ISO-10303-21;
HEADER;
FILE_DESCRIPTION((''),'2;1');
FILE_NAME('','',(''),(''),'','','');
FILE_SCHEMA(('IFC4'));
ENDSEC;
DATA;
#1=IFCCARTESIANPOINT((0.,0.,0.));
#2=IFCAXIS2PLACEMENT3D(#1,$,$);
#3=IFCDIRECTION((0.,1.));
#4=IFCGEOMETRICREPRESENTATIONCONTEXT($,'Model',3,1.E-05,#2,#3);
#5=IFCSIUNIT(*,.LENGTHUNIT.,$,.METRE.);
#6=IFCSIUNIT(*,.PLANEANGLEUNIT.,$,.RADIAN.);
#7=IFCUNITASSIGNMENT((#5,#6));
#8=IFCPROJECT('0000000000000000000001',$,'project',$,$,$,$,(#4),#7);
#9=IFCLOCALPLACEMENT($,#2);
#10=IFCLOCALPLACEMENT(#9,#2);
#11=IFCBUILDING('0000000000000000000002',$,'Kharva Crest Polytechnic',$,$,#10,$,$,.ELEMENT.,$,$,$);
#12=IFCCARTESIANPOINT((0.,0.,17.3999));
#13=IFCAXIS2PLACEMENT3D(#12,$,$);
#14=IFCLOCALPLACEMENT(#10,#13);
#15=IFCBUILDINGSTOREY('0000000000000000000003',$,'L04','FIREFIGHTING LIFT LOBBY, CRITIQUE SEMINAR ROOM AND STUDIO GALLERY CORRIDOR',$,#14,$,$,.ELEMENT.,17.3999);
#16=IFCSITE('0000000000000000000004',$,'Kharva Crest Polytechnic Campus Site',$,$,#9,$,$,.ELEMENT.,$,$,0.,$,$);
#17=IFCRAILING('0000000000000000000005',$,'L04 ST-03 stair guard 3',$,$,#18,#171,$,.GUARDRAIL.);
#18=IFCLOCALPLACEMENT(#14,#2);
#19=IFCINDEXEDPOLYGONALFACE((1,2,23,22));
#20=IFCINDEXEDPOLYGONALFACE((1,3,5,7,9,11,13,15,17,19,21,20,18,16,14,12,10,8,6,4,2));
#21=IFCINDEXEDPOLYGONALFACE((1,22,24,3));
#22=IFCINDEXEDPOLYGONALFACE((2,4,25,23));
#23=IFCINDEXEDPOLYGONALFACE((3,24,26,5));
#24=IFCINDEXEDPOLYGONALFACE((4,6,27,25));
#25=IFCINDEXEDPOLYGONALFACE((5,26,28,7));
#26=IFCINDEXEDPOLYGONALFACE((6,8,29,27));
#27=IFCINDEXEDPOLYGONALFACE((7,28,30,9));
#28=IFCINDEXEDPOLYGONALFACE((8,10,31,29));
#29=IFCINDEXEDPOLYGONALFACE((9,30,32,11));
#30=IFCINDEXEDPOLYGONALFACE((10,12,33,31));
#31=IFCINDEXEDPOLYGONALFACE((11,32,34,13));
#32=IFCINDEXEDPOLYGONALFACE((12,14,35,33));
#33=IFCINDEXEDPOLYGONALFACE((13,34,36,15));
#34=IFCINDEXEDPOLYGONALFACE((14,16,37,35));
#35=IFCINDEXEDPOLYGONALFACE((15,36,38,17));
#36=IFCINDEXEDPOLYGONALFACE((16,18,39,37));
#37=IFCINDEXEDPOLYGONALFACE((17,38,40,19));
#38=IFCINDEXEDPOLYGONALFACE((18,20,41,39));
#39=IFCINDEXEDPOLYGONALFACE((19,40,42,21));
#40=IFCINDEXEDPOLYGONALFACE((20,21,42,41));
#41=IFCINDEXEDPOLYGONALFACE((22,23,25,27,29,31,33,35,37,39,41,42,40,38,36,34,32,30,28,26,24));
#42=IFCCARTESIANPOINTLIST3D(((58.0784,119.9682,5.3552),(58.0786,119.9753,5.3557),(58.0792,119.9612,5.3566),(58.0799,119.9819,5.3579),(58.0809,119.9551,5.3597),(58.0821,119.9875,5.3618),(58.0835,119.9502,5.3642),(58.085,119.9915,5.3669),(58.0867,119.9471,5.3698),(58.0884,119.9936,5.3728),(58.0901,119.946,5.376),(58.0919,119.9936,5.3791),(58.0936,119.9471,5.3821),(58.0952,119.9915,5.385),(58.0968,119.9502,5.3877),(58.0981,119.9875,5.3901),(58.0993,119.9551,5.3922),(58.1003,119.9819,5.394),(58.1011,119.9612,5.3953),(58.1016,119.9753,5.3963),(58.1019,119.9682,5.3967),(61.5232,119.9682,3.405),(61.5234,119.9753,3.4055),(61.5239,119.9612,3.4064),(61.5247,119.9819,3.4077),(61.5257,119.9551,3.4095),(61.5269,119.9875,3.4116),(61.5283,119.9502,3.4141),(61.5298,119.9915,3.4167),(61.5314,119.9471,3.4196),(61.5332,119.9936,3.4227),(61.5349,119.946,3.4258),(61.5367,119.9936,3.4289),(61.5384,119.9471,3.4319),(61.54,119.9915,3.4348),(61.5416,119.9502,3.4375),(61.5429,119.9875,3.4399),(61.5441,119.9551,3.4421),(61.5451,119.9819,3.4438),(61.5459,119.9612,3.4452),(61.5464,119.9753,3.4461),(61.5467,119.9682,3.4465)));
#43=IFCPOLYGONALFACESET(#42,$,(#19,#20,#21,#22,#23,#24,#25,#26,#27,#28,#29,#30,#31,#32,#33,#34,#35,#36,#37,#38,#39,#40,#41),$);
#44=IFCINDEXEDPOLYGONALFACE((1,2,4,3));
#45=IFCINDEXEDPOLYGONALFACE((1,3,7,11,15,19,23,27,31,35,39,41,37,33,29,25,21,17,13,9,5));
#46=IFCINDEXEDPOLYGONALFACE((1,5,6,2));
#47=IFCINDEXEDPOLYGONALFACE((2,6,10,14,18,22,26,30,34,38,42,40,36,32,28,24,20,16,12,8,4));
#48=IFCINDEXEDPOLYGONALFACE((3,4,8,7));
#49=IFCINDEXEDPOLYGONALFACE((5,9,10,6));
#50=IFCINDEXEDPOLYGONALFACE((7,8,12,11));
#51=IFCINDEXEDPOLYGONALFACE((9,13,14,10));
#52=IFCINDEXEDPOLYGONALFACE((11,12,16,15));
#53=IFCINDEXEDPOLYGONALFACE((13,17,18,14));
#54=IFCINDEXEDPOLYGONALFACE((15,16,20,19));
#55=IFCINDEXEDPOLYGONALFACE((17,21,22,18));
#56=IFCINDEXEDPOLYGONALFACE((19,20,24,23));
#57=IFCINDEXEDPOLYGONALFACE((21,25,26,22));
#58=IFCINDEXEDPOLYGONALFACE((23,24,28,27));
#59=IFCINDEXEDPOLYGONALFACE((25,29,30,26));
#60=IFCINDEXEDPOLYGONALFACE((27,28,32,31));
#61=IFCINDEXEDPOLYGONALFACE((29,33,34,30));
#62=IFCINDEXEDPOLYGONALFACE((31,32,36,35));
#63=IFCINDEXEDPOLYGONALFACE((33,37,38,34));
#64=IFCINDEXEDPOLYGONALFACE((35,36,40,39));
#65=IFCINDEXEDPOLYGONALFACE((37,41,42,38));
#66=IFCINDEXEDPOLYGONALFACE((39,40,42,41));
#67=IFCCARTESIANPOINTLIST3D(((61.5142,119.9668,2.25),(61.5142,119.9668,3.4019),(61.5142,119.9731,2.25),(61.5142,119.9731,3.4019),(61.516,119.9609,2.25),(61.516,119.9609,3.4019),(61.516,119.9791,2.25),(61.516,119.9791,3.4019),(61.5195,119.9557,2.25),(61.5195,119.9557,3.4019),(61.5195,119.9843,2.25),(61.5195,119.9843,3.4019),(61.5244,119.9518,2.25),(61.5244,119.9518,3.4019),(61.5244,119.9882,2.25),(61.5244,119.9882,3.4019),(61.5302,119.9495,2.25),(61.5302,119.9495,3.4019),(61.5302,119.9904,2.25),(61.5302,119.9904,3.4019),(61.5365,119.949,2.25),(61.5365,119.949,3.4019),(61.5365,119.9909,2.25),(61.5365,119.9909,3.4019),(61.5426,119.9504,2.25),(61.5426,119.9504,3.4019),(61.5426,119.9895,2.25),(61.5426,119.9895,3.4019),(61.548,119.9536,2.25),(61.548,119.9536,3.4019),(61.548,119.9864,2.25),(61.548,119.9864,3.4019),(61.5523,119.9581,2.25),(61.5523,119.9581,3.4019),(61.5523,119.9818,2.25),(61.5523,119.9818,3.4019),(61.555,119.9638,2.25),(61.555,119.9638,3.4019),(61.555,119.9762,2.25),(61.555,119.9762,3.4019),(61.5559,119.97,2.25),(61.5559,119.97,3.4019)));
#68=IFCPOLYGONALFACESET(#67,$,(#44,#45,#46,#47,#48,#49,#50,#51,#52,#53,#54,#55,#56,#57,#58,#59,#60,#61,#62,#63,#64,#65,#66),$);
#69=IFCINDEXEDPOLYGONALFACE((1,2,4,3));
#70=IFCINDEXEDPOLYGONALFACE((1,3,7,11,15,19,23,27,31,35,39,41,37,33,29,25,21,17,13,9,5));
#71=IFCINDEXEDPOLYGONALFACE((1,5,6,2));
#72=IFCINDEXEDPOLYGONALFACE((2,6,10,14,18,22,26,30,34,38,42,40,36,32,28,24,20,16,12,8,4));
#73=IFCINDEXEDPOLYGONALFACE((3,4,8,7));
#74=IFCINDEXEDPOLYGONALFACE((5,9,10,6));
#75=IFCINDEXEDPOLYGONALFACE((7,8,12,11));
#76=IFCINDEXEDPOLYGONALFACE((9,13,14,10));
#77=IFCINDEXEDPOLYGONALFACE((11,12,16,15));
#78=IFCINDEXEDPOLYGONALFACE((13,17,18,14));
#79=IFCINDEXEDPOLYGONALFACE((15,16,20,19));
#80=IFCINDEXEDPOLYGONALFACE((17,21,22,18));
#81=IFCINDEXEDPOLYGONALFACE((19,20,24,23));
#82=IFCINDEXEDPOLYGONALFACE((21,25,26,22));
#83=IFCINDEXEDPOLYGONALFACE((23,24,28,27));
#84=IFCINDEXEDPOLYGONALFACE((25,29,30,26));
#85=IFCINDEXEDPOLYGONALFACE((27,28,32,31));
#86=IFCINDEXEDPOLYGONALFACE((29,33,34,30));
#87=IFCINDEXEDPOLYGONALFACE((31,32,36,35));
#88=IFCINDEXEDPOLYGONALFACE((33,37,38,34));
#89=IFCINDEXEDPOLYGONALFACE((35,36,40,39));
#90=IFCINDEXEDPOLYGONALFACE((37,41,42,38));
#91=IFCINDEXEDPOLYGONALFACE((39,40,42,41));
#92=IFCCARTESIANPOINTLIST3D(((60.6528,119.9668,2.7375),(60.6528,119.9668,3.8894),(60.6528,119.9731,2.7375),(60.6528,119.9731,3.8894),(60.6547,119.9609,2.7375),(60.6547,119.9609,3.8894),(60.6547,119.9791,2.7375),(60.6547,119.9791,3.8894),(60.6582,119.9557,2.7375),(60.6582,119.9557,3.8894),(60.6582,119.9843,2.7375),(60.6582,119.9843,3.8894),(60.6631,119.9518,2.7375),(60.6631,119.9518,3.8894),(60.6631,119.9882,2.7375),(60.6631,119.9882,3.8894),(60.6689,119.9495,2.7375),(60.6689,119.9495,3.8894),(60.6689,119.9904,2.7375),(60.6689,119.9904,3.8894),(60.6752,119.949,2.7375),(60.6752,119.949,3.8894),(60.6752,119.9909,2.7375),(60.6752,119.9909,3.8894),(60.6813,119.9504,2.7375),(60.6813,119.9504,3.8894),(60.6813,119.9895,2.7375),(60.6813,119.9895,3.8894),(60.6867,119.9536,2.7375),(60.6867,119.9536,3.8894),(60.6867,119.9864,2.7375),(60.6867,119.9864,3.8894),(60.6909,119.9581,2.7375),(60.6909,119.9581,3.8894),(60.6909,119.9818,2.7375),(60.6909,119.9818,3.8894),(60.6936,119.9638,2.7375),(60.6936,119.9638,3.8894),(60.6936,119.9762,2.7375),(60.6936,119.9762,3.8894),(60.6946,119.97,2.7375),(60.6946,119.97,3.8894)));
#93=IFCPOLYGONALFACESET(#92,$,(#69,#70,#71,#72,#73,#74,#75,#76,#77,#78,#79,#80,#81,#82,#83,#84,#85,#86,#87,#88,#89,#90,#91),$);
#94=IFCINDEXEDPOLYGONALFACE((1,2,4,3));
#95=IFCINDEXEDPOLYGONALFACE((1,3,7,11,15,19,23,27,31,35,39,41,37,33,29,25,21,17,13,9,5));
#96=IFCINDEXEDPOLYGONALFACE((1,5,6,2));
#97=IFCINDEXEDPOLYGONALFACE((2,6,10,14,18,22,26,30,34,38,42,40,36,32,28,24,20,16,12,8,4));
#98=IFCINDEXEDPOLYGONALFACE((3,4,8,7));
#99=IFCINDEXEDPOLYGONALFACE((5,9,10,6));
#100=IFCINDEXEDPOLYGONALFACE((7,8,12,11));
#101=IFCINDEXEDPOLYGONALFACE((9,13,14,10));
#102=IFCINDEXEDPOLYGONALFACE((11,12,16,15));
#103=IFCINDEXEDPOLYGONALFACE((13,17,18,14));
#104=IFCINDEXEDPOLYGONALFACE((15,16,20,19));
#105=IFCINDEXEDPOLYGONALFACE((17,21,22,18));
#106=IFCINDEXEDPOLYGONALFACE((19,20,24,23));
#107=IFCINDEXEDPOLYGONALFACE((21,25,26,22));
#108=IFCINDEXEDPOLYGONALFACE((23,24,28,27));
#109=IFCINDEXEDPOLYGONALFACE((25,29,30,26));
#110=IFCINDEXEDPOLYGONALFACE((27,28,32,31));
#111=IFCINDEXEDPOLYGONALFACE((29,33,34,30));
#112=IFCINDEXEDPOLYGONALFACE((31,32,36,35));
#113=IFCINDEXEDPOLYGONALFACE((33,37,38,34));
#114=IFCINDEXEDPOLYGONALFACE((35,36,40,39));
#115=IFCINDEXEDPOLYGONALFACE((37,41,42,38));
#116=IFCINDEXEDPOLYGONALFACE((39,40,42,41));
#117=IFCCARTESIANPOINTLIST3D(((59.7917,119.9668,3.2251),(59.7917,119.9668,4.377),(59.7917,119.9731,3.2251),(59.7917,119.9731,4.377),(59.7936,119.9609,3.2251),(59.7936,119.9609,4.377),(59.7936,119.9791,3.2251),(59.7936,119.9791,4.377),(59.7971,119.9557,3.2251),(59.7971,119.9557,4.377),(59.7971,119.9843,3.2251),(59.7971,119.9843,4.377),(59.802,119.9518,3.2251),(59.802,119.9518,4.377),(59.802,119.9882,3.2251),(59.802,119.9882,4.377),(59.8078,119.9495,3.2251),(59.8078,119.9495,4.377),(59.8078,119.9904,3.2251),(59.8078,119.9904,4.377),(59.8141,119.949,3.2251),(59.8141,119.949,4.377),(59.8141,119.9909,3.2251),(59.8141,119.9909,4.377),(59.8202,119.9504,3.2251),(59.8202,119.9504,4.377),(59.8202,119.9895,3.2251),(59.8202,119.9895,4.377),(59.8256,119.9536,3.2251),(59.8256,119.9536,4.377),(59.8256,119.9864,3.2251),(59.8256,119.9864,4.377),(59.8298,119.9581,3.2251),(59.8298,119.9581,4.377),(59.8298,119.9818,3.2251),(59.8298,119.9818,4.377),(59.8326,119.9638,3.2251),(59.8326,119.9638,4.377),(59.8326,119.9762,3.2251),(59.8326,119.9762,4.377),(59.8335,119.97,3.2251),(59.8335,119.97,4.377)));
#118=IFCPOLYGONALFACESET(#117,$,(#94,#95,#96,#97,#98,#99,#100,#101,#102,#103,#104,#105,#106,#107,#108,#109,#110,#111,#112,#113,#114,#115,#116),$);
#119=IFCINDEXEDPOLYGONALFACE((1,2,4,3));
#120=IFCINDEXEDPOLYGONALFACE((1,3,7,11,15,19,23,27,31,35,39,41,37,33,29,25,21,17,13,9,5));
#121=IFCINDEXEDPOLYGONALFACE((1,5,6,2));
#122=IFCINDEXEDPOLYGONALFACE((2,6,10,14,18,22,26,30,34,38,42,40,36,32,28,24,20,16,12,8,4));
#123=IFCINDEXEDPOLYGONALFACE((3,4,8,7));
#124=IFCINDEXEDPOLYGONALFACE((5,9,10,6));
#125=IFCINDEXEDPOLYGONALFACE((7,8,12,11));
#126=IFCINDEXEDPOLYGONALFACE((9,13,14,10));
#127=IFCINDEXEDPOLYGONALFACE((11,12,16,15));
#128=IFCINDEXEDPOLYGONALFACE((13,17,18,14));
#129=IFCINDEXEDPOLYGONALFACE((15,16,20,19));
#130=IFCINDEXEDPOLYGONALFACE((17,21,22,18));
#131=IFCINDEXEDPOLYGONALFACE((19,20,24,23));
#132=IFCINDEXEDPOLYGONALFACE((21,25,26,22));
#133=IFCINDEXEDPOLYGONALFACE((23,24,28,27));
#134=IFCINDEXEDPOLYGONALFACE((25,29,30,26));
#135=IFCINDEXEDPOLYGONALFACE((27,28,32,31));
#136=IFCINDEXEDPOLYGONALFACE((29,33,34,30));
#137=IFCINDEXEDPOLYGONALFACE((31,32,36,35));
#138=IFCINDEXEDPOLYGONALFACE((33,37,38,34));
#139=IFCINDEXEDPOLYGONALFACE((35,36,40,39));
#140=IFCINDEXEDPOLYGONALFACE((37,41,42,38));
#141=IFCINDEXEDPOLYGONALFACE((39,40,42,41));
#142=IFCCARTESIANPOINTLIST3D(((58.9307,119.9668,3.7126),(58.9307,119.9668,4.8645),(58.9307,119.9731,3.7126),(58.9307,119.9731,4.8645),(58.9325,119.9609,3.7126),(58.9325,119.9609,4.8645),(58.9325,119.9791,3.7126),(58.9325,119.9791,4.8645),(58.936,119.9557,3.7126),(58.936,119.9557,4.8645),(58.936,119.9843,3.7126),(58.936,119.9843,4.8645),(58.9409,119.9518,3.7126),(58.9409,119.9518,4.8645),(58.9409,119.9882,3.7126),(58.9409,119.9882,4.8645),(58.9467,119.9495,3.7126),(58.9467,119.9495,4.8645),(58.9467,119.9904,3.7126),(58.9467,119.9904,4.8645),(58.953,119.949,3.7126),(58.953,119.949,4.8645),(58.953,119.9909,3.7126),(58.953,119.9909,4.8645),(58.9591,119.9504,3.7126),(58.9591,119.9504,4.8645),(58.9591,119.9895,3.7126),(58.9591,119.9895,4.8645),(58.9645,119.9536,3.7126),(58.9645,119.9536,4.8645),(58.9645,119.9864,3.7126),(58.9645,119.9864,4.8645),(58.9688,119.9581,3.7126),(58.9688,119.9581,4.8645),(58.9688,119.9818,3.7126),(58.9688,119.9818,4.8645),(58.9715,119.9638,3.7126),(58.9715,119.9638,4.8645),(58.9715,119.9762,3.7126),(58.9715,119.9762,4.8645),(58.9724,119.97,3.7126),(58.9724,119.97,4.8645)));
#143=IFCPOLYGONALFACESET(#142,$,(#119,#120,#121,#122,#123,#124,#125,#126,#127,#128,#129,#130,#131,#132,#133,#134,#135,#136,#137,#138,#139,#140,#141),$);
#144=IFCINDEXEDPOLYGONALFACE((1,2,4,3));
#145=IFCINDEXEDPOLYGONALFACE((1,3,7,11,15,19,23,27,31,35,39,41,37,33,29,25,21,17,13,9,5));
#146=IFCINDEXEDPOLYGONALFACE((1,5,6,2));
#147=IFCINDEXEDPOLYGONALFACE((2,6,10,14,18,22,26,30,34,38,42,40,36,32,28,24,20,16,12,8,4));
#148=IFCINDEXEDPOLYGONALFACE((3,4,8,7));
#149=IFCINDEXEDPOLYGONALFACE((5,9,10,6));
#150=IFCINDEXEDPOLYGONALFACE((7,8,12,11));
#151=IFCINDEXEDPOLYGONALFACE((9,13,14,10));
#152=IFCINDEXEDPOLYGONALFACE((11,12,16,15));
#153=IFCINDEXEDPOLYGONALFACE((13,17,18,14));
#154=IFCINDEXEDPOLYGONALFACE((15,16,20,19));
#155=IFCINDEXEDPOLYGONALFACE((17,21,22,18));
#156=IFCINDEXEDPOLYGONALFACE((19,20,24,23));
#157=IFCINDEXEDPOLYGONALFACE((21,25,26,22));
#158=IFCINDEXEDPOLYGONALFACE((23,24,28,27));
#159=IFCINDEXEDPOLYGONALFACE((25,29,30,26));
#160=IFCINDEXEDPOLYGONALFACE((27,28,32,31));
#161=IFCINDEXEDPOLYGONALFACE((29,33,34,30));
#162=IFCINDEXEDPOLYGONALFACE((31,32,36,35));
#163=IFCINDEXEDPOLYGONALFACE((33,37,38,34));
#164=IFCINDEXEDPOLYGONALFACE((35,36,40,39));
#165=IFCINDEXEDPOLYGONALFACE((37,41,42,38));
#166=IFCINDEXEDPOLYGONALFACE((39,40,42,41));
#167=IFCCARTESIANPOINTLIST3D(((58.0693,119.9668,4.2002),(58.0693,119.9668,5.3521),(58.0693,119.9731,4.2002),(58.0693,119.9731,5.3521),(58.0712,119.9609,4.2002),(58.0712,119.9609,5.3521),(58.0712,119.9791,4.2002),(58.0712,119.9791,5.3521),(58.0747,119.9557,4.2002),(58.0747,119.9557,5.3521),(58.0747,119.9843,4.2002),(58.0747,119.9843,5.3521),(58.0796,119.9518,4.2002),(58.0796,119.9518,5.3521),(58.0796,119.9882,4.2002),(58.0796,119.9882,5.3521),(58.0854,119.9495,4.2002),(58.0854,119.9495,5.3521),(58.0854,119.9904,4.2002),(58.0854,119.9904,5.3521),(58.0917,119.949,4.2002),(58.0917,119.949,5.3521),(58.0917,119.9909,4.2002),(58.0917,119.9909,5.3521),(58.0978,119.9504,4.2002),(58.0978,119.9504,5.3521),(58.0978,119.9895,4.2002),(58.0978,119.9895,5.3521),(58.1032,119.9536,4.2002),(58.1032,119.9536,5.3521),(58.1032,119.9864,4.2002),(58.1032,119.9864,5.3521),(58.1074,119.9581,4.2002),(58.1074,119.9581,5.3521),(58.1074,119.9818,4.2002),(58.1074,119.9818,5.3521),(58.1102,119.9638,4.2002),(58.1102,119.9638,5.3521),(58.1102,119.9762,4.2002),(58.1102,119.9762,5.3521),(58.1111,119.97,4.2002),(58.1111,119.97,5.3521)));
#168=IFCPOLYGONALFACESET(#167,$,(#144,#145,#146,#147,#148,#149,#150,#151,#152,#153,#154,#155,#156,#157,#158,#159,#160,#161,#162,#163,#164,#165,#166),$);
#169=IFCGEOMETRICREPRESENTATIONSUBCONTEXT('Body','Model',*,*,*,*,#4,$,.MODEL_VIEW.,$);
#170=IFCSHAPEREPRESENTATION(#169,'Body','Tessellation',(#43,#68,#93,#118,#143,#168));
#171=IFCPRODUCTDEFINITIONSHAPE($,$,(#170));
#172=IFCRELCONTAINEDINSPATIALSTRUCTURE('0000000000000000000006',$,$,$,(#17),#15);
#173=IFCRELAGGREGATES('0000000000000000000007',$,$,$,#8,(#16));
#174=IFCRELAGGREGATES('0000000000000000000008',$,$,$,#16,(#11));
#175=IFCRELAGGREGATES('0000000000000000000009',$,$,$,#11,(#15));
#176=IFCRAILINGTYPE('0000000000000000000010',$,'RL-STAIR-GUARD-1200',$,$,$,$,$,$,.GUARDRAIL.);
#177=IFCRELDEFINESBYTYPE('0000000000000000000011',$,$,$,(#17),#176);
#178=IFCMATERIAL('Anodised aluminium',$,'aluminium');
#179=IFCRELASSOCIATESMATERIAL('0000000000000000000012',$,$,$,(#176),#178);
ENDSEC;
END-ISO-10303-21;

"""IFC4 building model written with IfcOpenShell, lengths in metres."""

from ifc_helpers import new_model, si_unit, direction, frame, origin, origin_2d, place, context, subcontext, project, spatial, circle, extrude, material, type_object, element, save


model = new_model("IFC4")

# Units and contexts
model_context = context("Model", 3, precision=1e-05, world=origin(), true_north=direction((0.0, 1.0)))
body_context = subcontext(model_context, "Body", "Model", "MODEL_VIEW")
ifc_project = project(units=[si_unit("LENGTHUNIT", "METRE"), si_unit("PLANEANGLEUNIT", "RADIAN")], contexts=[model_context])

# Site, building, storey
site_placement = place(None, origin())
site = spatial("IfcSite", under=ifc_project, at=site_placement, Name="Kharva Crest Polytechnic Campus Site", CompositionType="ELEMENT", RefElevation=0.0)
building_placement = place(site_placement, origin())
building = spatial("IfcBuilding", under=site, at=building_placement, Name="Kharva Crest Polytechnic", CompositionType="ELEMENT")
storey_placement = place(building_placement, frame((0.0, 0.0, 17.3999)))
storey = spatial("IfcBuildingStorey", under=building, at=storey_placement, Name="L04", Description="FIREFIGHTING LIFT LOBBY, CRITIQUE SEMINAR ROOM AND STUDIO GALLERY CORRIDOR", CompositionType="ELEMENT", Elevation=17.3999)

# Railing
ifc_material_1 = material(Name="Anodised aluminium", Category="aluminium")
railing_type_1 = type_object("IfcRailingType", Name="RL-STAIR-GUARD-1200", PredefinedType="GUARDRAIL", material=ifc_material_1)
railing_1_placement = place(storey_placement, frame((61.5349, 119.97, 2.25)))
element("IfcRailing", 1, at=railing_1_placement, inside=storey, type_object=railing_type_1, Name="L04 ST-03 stair guard 3", PredefinedType="GUARDRAIL", context=body_context, shape_type="SweptSolid", body=[
    extrude(circle(Radius=0.0239, at=origin_2d()), frame((0.0, 0.0, 1.1758), z_axis=(-0.870225, 0.0, 0.492655), x_axis=(0.0, -1.0, 0.0)), (0.0, 0.0, 1.0), 3.9585),
    extrude(circle(Radius=0.021, at=origin_2d()), origin(), (0.0, 0.0, 1.0), 1.1519),
    extrude(circle(Radius=0.021, at=origin_2d()), frame((-0.8613, 0.0, 0.4875)), (0.0, 0.0, 1.0), 1.1519),
    extrude(circle(Radius=0.021, at=origin_2d()), frame((-1.7224, 0.0, 0.9751)), (0.0, 0.0, 1.0), 1.1519),
    extrude(circle(Radius=0.021, at=origin_2d()), frame((-2.5835, 0.0, 1.4626)), (0.0, 0.0, 1.0), 1.1519),
    extrude(circle(Radius=0.021, at=origin_2d()), frame((-3.4448, 0.0, 1.9502)), (0.0, 0.0, 1.0), 1.1519),
])

save(model, "model.ifc")
